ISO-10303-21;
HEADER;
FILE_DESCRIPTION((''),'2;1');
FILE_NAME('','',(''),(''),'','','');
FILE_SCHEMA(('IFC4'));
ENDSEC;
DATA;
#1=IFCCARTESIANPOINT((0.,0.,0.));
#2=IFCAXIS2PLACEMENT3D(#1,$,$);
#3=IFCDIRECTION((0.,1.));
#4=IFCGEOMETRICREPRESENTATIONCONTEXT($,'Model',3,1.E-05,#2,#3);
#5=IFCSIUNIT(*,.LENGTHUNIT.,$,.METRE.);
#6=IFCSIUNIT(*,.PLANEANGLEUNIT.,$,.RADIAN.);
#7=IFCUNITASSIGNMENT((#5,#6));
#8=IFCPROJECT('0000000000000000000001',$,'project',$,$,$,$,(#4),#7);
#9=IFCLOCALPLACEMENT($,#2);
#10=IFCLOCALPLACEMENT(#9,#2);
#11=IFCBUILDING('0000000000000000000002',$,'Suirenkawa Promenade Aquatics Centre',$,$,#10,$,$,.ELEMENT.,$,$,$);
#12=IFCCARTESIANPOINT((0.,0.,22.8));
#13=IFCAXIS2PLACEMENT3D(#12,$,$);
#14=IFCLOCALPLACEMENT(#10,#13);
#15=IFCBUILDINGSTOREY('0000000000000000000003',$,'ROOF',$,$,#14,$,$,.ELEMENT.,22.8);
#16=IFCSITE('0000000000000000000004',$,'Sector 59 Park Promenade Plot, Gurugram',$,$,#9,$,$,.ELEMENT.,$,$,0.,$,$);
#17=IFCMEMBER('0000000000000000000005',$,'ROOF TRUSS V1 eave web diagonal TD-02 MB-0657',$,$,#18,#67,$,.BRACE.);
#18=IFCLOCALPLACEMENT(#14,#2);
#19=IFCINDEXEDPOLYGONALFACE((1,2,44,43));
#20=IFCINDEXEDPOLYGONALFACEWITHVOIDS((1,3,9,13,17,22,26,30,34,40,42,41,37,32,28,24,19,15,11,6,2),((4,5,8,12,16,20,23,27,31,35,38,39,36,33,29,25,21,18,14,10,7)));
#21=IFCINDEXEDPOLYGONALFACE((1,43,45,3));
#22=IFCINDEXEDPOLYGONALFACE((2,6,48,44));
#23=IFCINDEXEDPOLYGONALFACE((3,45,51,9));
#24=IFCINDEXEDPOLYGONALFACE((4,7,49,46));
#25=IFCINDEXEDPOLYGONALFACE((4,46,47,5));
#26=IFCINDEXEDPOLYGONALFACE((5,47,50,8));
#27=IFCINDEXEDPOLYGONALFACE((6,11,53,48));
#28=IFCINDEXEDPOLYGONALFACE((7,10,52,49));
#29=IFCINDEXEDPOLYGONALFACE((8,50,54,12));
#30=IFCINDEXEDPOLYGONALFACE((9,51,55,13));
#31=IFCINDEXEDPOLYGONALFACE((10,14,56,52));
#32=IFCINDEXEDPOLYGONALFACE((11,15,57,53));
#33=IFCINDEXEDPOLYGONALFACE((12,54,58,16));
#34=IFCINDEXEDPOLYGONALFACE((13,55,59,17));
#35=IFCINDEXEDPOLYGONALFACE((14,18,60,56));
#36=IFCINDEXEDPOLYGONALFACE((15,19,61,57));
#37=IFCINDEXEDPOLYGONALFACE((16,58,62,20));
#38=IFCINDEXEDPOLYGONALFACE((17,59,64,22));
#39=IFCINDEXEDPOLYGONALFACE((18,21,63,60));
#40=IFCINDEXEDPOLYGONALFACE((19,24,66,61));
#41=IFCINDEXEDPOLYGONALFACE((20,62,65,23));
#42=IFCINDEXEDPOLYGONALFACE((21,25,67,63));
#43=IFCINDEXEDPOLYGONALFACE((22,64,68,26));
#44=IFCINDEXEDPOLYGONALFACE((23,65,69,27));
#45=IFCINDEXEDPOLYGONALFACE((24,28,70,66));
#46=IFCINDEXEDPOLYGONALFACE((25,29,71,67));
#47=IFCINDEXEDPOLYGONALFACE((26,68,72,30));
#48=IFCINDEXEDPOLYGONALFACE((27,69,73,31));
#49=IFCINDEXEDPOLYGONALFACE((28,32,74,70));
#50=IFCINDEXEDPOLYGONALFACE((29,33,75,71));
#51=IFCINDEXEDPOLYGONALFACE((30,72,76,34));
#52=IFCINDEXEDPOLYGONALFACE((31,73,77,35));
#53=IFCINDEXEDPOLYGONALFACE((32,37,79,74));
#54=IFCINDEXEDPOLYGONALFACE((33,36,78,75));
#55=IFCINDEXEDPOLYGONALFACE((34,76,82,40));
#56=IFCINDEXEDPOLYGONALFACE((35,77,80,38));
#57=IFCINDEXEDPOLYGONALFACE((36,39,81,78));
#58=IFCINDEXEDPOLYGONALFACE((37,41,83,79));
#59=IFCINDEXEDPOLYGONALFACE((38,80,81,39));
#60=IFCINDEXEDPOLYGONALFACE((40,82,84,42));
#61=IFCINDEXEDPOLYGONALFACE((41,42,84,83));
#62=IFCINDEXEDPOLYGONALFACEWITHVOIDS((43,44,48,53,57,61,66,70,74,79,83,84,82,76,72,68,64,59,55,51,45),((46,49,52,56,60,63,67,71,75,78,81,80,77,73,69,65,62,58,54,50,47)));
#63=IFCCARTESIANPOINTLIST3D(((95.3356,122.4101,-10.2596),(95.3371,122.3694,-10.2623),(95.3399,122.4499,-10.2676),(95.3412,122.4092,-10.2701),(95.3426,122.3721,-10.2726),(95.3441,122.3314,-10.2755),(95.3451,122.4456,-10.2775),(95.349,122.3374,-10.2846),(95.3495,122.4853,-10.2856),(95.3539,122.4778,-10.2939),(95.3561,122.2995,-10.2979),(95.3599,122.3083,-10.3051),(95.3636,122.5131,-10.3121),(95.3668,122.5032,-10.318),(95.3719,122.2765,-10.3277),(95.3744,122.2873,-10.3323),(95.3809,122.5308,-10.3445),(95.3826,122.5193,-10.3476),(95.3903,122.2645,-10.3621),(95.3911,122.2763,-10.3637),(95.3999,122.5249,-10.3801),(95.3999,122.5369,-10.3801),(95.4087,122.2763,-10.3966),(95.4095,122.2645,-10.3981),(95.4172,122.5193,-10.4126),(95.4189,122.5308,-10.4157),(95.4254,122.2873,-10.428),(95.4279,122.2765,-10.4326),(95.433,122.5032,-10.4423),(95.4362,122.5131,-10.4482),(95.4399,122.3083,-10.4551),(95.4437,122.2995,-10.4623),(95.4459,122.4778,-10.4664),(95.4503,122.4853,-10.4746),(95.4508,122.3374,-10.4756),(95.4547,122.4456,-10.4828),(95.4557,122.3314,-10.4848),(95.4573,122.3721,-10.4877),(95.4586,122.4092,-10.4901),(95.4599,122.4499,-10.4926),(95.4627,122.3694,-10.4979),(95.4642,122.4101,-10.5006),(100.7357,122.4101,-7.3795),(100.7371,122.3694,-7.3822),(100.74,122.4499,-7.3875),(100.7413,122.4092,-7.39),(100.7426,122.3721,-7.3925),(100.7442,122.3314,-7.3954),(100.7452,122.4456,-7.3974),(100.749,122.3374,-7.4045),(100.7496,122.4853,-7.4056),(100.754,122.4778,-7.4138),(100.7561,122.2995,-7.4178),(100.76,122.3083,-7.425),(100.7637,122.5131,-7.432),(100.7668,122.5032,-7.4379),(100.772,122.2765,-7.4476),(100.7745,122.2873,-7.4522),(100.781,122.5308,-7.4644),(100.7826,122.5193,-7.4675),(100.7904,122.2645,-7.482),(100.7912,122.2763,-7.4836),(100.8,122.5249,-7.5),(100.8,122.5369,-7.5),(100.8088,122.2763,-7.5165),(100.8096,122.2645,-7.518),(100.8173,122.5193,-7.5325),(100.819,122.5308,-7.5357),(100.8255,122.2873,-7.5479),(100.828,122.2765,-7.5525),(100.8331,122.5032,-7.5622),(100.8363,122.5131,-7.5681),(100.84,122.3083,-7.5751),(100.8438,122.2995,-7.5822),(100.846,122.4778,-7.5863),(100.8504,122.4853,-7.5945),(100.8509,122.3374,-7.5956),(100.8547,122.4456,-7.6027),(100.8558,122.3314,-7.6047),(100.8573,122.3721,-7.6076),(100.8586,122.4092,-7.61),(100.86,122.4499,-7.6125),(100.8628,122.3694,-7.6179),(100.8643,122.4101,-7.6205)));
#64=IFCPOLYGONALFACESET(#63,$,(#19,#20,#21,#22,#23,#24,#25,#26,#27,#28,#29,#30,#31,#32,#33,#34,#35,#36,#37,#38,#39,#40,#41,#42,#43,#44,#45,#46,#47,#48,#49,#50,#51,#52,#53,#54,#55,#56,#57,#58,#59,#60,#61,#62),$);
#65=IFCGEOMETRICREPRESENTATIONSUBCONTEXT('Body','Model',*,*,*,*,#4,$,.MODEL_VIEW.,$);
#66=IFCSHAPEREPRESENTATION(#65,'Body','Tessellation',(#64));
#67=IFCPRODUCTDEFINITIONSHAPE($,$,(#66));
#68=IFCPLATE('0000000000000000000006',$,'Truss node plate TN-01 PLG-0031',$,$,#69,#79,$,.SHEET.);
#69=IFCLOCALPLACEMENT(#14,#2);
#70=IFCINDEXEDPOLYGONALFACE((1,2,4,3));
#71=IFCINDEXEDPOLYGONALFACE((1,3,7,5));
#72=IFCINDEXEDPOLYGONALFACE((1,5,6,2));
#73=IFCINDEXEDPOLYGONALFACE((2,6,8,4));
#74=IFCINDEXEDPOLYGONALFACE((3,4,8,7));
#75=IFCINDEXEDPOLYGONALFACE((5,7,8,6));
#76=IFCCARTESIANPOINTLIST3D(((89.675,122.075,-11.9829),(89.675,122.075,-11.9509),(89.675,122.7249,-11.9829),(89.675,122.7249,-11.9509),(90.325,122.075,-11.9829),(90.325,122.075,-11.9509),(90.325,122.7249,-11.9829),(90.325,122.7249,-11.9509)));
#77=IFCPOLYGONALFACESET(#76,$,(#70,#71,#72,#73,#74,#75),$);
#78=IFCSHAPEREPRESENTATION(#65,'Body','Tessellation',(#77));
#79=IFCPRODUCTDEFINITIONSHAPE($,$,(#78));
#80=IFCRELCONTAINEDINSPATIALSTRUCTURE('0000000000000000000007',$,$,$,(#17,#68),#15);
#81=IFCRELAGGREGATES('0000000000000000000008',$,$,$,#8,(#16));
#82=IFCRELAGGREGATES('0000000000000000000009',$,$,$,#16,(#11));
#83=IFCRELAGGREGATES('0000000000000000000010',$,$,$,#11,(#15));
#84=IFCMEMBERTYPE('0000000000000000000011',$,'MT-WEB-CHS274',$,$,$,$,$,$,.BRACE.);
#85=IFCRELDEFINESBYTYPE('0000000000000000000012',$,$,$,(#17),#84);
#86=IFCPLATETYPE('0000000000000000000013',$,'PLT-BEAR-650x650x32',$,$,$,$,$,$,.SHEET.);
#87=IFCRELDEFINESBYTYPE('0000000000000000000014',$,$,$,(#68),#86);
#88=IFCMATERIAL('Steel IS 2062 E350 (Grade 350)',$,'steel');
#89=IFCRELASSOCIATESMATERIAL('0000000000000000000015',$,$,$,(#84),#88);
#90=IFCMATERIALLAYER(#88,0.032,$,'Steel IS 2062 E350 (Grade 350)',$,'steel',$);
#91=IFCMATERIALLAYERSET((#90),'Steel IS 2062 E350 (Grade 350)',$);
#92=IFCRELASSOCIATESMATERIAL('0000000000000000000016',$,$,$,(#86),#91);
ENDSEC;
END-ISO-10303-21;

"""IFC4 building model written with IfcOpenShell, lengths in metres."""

from ifc_helpers import new_model, si_unit, direction, frame, origin, origin_2d, place, context, subcontext, project, spatial, rectangle, hollow_circle, extrude, material, layer, layer_set, material_profile, profile_set, type_object, element, save


model = new_model("IFC4")

# Units and contexts
model_context = context("Model", 3, precision=1e-05, world=origin(), true_north=direction((0.0, 1.0)))
body_context = subcontext(model_context, "Body", "Model", "MODEL_VIEW")
ifc_project = project(units=[si_unit("LENGTHUNIT", "METRE"), si_unit("PLANEANGLEUNIT", "RADIAN")], contexts=[model_context])

# Site, building, storey
site_placement = place(None, origin())
site = spatial("IfcSite", under=ifc_project, at=site_placement, Name="Sector 59 Park Promenade Plot, Gurugram", CompositionType="ELEMENT", RefElevation=0.0)
building_placement = place(site_placement, origin())
building = spatial("IfcBuilding", under=site, at=building_placement, Name="Suirenkawa Promenade Aquatics Centre", CompositionType="ELEMENT")
storey_placement = place(building_placement, frame((0.0, 0.0, 22.8)))
storey = spatial("IfcBuildingStorey", under=building, at=storey_placement, Name="ROOF", CompositionType="ELEMENT", Elevation=22.8)

# Shared definitions
ifc_material = material(Name="Steel IS 2062 E350 (Grade 350)", Category="steel")

# Member
ifc_material_profile_1 = material_profile(ifc_material, hollow_circle(Radius=0.137, WallThickness=0.012, at=origin_2d()), Name="CHS 274x12", Category="steel")
ifc_profile_set_1 = profile_set([ifc_material_profile_1], Name="Steel IS 2062 E350 (Grade 350)")
member_type_1 = type_object("IfcMemberType", Name="MT-WEB-CHS274", PredefinedType="BRACE", material=ifc_profile_set_1)
member_1_placement = place(storey_placement, frame((95.3999, 122.3999, -10.3801), z_axis=(0.88235, 0.0, 0.470594), x_axis=(0.0, 1.0, 0.0)))
element("IfcMember", 1, at=member_1_placement, inside=storey, type_object=member_type_1, Name="ROOF TRUSS V1 eave web diagonal TD-02 MB-0657", PredefinedType="BRACE", context=body_context, shape_type="SweptSolid", body=[
    extrude(hollow_circle(Radius=0.137, WallThickness=0.012, at=origin_2d()), origin(), (0.0, 0.0, 1.0), 6.1201),
])

# Plate
ifc_layer = layer(ifc_material, 0.032, Name="Steel IS 2062 E350 (Grade 350)", Category="steel")
ifc_layer_set = layer_set([ifc_layer], Name="Steel IS 2062 E350 (Grade 350)")
plate_type = type_object("IfcPlateType", Name="PLT-BEAR-650x650x32", PredefinedType="SHEET", material=ifc_layer_set)
plate_placement = place(storey_placement, frame((90.0, 122.3999, -11.9829), z_axis=(0.0, 0.0, 1.0), x_axis=(1.0, 0.0, 0.0)))
element("IfcPlate", 2, at=plate_placement, inside=storey, type_object=plate_type, Name="Truss node plate TN-01 PLG-0031", PredefinedType="SHEET", context=body_context, shape_type="SweptSolid", body=[
    extrude(rectangle(XDim=0.6499, YDim=0.6499, at=origin_2d()), origin(), (0.0, 0.0, 1.0), 0.032),
])

save(model, "model.ifc")
